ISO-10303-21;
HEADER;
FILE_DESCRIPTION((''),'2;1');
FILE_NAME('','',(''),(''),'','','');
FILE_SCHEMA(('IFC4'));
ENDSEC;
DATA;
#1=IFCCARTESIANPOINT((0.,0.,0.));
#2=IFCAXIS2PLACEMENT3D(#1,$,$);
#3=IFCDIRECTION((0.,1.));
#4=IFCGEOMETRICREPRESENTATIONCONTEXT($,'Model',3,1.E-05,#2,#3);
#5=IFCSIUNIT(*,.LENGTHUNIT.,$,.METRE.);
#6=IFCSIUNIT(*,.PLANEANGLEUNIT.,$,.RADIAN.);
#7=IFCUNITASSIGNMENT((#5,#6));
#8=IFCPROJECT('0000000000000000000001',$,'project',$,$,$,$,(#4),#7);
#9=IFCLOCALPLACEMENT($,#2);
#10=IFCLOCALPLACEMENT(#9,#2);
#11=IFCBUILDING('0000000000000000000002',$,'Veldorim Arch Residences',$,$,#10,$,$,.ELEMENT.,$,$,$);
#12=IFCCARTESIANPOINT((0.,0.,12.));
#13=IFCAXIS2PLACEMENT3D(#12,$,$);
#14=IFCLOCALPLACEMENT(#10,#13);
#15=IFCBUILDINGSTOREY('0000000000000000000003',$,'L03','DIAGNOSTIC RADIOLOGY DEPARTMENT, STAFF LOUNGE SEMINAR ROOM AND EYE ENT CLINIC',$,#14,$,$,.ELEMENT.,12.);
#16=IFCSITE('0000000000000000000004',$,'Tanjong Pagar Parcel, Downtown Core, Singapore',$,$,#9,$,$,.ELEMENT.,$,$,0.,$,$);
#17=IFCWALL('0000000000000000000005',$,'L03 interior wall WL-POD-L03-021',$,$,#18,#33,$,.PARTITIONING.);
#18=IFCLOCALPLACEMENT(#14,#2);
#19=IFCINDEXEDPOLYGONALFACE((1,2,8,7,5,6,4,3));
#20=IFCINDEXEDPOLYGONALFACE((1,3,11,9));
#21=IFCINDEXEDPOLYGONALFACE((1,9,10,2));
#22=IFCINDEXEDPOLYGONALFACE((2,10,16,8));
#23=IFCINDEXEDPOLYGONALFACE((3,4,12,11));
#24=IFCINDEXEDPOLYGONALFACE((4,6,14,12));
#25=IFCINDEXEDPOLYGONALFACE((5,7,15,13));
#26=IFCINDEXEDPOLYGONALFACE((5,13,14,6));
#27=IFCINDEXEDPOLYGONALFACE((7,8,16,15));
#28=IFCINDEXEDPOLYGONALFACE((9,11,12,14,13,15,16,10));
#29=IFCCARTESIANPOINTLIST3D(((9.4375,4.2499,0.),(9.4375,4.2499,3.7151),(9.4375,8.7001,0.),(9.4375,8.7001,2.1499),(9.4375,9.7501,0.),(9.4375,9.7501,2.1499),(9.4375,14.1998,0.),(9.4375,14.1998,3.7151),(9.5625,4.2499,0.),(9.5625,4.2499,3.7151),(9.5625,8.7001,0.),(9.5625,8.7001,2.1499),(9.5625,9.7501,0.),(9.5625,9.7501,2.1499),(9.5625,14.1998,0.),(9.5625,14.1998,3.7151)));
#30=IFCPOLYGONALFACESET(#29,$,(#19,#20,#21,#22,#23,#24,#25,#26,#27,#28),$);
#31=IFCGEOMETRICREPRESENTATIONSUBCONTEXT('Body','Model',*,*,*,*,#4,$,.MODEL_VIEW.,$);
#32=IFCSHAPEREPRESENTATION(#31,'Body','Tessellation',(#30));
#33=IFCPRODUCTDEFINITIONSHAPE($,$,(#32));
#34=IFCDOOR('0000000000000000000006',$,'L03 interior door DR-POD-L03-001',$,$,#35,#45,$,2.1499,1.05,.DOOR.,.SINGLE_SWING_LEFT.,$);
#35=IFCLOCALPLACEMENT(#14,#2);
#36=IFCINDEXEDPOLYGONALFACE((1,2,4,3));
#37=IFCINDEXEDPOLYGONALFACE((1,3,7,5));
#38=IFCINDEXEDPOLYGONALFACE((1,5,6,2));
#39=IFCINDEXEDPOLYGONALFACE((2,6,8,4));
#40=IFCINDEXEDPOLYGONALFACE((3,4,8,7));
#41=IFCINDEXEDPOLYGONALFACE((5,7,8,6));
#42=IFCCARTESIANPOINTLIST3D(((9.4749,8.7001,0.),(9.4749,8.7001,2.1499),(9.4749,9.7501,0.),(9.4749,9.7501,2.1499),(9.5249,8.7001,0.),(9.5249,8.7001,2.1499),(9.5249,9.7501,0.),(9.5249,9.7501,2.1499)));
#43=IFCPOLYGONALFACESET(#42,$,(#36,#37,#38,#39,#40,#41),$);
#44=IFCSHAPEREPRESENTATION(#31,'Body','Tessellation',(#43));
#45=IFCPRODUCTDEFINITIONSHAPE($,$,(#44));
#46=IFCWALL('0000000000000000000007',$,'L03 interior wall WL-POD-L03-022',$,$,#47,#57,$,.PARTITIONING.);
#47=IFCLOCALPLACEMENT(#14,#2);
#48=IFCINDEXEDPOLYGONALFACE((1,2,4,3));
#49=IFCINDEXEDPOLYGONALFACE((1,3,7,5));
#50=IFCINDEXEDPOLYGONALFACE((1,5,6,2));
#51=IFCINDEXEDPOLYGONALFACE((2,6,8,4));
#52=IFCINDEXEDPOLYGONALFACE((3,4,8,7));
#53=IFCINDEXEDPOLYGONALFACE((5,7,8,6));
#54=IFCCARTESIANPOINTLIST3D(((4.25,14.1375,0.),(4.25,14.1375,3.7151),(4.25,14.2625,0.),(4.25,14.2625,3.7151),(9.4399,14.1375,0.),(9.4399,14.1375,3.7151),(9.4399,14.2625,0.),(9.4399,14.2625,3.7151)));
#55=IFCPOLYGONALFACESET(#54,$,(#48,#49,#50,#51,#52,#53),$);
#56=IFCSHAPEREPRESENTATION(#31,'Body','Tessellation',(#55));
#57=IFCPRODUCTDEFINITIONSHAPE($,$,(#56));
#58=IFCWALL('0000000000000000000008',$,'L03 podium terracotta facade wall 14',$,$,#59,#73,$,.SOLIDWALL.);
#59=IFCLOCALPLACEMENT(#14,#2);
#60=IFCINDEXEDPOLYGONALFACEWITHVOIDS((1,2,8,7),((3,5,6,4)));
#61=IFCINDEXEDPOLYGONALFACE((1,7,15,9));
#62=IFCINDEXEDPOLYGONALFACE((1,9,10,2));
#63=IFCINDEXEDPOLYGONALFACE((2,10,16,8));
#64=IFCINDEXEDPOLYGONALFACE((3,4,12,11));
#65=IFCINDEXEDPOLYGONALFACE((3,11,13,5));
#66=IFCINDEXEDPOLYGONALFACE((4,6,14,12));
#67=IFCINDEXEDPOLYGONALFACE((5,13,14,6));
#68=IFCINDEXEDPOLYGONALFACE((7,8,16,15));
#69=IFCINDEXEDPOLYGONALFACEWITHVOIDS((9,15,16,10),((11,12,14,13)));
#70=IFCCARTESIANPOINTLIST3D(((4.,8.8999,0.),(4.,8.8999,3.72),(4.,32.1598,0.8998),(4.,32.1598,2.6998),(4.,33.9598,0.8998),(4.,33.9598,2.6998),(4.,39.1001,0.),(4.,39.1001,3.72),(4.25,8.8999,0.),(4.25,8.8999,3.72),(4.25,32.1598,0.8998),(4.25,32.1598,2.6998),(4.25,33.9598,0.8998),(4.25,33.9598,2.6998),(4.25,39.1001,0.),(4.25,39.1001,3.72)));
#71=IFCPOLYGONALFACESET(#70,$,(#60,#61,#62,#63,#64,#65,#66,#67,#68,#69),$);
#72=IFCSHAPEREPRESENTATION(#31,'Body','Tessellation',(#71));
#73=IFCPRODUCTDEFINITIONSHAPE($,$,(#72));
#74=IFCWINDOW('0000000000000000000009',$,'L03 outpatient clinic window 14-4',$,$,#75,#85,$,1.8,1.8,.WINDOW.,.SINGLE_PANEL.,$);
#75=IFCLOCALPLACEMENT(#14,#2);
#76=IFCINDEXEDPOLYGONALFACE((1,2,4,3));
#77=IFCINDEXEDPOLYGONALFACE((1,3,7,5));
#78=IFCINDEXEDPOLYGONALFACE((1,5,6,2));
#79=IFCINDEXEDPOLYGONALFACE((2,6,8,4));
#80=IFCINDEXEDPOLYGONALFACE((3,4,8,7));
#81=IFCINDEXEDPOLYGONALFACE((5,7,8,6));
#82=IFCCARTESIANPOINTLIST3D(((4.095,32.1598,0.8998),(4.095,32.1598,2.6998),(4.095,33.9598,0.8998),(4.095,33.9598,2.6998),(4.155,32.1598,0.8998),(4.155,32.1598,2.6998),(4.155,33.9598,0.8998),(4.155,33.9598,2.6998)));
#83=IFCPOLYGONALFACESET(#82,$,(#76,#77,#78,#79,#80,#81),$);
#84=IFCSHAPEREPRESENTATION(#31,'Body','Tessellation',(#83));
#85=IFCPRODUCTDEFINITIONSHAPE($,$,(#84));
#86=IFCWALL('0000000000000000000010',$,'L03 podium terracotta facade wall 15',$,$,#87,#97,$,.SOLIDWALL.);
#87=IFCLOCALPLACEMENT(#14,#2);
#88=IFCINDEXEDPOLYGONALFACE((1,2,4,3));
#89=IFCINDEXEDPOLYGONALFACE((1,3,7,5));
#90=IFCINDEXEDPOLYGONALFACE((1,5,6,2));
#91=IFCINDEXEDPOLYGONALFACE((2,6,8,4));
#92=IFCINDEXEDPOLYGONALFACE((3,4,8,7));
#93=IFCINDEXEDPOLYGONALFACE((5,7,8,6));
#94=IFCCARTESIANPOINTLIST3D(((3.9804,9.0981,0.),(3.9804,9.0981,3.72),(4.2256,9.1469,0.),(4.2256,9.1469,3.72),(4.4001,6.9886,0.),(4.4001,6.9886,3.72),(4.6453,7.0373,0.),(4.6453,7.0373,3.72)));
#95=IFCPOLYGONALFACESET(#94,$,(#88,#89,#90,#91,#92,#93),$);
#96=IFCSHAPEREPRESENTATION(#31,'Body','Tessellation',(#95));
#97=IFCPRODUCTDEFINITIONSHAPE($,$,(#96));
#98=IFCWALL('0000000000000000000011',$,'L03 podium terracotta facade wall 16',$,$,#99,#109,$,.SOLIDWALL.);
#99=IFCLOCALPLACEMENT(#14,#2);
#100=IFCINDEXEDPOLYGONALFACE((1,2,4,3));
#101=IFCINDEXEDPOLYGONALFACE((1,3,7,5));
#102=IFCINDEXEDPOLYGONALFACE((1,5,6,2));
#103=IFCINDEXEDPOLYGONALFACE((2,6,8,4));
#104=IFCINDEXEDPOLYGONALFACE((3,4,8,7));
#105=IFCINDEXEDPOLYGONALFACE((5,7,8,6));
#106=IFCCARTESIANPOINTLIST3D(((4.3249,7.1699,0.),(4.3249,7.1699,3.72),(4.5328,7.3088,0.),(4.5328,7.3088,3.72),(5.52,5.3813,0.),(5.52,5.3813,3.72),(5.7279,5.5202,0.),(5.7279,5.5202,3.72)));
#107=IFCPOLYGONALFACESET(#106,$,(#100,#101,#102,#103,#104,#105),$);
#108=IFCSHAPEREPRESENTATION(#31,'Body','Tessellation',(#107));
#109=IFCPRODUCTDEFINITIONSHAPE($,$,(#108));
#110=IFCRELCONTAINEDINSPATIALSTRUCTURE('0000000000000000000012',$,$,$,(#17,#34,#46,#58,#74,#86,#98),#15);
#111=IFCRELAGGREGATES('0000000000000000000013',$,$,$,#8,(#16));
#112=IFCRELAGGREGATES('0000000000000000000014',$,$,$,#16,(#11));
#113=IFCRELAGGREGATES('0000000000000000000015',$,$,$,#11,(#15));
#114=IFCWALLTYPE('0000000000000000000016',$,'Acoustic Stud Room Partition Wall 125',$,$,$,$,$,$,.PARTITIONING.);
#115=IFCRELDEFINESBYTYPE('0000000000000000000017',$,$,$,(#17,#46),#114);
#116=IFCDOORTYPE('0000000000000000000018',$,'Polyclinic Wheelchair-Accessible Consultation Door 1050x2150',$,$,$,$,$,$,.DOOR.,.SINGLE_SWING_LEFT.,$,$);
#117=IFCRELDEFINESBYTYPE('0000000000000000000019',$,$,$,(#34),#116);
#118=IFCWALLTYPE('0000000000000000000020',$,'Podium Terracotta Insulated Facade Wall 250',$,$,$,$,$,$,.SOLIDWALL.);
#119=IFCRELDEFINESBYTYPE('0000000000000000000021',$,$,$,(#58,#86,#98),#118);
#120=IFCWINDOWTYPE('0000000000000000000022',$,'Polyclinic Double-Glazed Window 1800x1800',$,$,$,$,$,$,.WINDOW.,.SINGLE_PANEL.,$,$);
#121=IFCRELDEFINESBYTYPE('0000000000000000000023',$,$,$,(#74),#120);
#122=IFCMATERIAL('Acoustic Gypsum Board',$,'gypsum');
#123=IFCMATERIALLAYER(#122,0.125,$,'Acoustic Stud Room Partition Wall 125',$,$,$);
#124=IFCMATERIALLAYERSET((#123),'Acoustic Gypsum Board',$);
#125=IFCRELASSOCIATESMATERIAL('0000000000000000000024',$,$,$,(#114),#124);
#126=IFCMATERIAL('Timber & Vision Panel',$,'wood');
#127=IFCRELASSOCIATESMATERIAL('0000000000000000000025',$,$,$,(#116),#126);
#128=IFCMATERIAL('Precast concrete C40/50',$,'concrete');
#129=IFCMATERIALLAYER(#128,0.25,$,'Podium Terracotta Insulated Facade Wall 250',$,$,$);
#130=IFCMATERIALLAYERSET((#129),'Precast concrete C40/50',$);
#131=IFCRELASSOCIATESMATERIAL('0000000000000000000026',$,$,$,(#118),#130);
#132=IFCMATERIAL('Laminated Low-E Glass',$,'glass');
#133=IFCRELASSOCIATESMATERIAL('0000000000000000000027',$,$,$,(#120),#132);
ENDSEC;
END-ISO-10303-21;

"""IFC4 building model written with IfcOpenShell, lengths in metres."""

from ifc_helpers import new_model, si_unit, direction, frame, frame_2d, origin, place, context, subcontext, project, spatial, rectangle, extrude, material, layer, layer_set, type_object, element, fill, save


model = new_model("IFC4")

# Units and contexts
model_context = context("Model", 3, precision=1e-05, world=origin(), true_north=direction((0.0, 1.0)))
body_context = subcontext(model_context, "Body", "Model", "MODEL_VIEW")
ifc_project = project(units=[si_unit("LENGTHUNIT", "METRE"), si_unit("PLANEANGLEUNIT", "RADIAN")], contexts=[model_context])

# Site, building, storey
site_placement = place(None, origin())
site = spatial("IfcSite", under=ifc_project, at=site_placement, Name="Tanjong Pagar Parcel, Downtown Core, Singapore", CompositionType="ELEMENT", RefElevation=0.0)
building_placement = place(site_placement, origin())
building = spatial("IfcBuilding", under=site, at=building_placement, Name="Veldorim Arch Residences", CompositionType="ELEMENT")
storey_placement = place(building_placement, frame((0.0, 0.0, 12.0)))
storey = spatial("IfcBuildingStorey", under=building, at=storey_placement, Name="L03", Description="DIAGNOSTIC RADIOLOGY DEPARTMENT, STAFF LOUNGE SEMINAR ROOM AND EYE ENT CLINIC", CompositionType="ELEMENT", Elevation=12.0)

# Wall, opening, door
ifc_material_1 = material(Name="Acoustic Gypsum Board", Category="gypsum")
ifc_layer_1 = layer(ifc_material_1, 0.125, Name="Acoustic Stud Room Partition Wall 125")
ifc_layer_set_1 = layer_set([ifc_layer_1], Name="Acoustic Gypsum Board")
wall_type_1 = type_object("IfcWallType", Name="Acoustic Stud Room Partition Wall 125", PredefinedType="PARTITIONING", material=ifc_layer_set_1)
wall_1_placement = place(storey_placement, frame((9.5, 14.2, 0.0), z_axis=(0.0, 0.0, 1.0), x_axis=(0.0, -1.0, 0.0)))
wall_1 = element("IfcWall", 1, at=wall_1_placement, inside=storey, type_object=wall_type_1, Name="L03 interior wall WL-POD-L03-021", PredefinedType="PARTITIONING", context=body_context, shape_type="SweptSolid", body=[
    extrude(rectangle(XDim=9.95, YDim=0.125, at=frame_2d((4.9751, 0.0))), origin(), (0.0, 0.0, 1.0), 3.7151),
])
opening_1_placement = place(wall_1_placement, frame((4.45, 0.0, 0.0)))
opening_1 = element("IfcOpeningElement", 2, at=opening_1_placement, cuts=wall_1, PredefinedType="OPENING", context=body_context, shape_type="SweptSolid", body=[
    extrude(rectangle(XDim=1.05, YDim=2.1499, at=frame_2d((0.5249, 1.075))), frame((0.0, 0.0725, 0.0), z_axis=(0.0, -1.0, 0.0), x_axis=(1.0, 0.0, 0.0)), (0.0, 0.0, 1.0), 0.145),
])
ifc_material_2 = material(Name="Timber & Vision Panel", Category="wood")
door_type = type_object("IfcDoorType", Name="Polyclinic Wheelchair-Accessible Consultation Door 1050x2150", OperationType="SINGLE_SWING_LEFT", PredefinedType="DOOR", material=ifc_material_2)
door_placement = place(opening_1_placement, origin())
door = element("IfcDoor", 3, at=door_placement, inside=storey, type_object=door_type, Name="L03 interior door DR-POD-L03-001", OperationType="SINGLE_SWING_LEFT", OverallHeight=2.1499, OverallWidth=1.05, PredefinedType="DOOR", context=body_context, shape_type="SweptSolid", body=[
    extrude(rectangle(XDim=1.05, YDim=2.1499, at=frame_2d((0.5249, 1.075))), frame((0.0, 0.0249, 0.0), z_axis=(0.0, -1.0, 0.0), x_axis=(1.0, 0.0, 0.0)), (0.0, 0.0, 1.0), 0.05),
])
fill(opening_1, door)

# Wall
wall_2_placement = place(storey_placement, frame((4.25, 14.2, 0.0), z_axis=(0.0, 0.0, 1.0), x_axis=(1.0, 0.0, 0.0)))
element("IfcWall", 4, at=wall_2_placement, inside=storey, type_object=wall_type_1, Name="L03 interior wall WL-POD-L03-022", PredefinedType="PARTITIONING", context=body_context, shape_type="SweptSolid", body=[
    extrude(rectangle(XDim=5.1899, YDim=0.125, at=frame_2d((2.595, 0.0))), origin(), (0.0, 0.0, 1.0), 3.7151),
])

# Wall, opening, window
ifc_material_3 = material(Name="Precast concrete C40/50", Category="concrete")
ifc_layer_2 = layer(ifc_material_3, 0.25, Name="Podium Terracotta Insulated Facade Wall 250")
ifc_layer_set_2 = layer_set([ifc_layer_2], Name="Precast concrete C40/50")
wall_type_2 = type_object("IfcWallType", Name="Podium Terracotta Insulated Facade Wall 250", PredefinedType="SOLIDWALL", material=ifc_layer_set_2)
wall_3_placement = place(storey_placement, frame((4.125, 8.8999, 0.0), z_axis=(0.0, 0.0, 1.0), x_axis=(0.0, 1.0, 0.0)))
wall_3 = element("IfcWall", 5, at=wall_3_placement, inside=storey, type_object=wall_type_2, Name="L03 podium terracotta facade wall 14", PredefinedType="SOLIDWALL", context=body_context, shape_type="SweptSolid", body=[
    extrude(rectangle(XDim=30.2002, YDim=0.25, at=frame_2d((15.1001, 0.0))), origin(), (0.0, 0.0, 1.0), 3.72),
])
opening_2_placement = place(wall_3_placement, frame((23.26, 0.0, 0.8999)))
opening_2 = element("IfcOpeningElement", 6, at=opening_2_placement, cuts=wall_3, PredefinedType="OPENING", context=body_context, shape_type="SweptSolid", body=[
    extrude(rectangle(XDim=1.8, YDim=1.8, at=frame_2d((0.8999, 0.8999))), frame((0.0, 0.135, 0.0), z_axis=(0.0, -1.0, 0.0), x_axis=(1.0, 0.0, 0.0)), (0.0, 0.0, 1.0), 0.27),
])
ifc_material_4 = material(Name="Laminated Low-E Glass", Category="glass")
window_type = type_object("IfcWindowType", Name="Polyclinic Double-Glazed Window 1800x1800", PartitioningType="SINGLE_PANEL", PredefinedType="WINDOW", material=ifc_material_4)
window_placement = place(opening_2_placement, origin())
window = element("IfcWindow", 7, at=window_placement, inside=storey, type_object=window_type, Name="L03 outpatient clinic window 14-4", OverallHeight=1.8, OverallWidth=1.8, PartitioningType="SINGLE_PANEL", PredefinedType="WINDOW", context=body_context, shape_type="SweptSolid", body=[
    extrude(rectangle(XDim=1.8, YDim=1.8, at=frame_2d((0.8999, 0.8999))), frame((0.0, 0.03, 0.0), z_axis=(0.0, -1.0, 0.0), x_axis=(1.0, 0.0, 0.0)), (0.0, 0.0, 1.0), 0.0601),
])
fill(opening_2, window)

# Walls
wall_4_placement = place(storey_placement, frame((4.5227, 7.0129, 0.0), z_axis=(0.0, 0.0, 1.0), x_axis=(-0.195112, 0.980781, 0.0)))
element("IfcWall", 8, at=wall_4_placement, inside=storey, type_object=wall_type_2, Name="L03 podium terracotta facade wall 15", PredefinedType="SOLIDWALL", context=body_context, shape_type="SweptSolid", body=[
    extrude(rectangle(XDim=2.1509, YDim=0.25, at=frame_2d((1.0754, 0.0))), origin(), (0.0, 0.0, 1.0), 3.72),
])
wall_5_placement = place(storey_placement, frame((5.624, 5.4507, 0.0), z_axis=(0.0, 0.0, 1.0), x_axis=(-0.555564, 0.831474, 0.0)))
element("IfcWall", 9, at=wall_5_placement, inside=storey, type_object=wall_type_2, Name="L03 podium terracotta facade wall 16", PredefinedType="SOLIDWALL", context=body_context, shape_type="SweptSolid", body=[
    extrude(rectangle(XDim=2.1511, YDim=0.25, at=frame_2d((1.0757, 0.0))), origin(), (0.0, 0.0, 1.0), 3.72),
])

save(model, "model.ifc")
